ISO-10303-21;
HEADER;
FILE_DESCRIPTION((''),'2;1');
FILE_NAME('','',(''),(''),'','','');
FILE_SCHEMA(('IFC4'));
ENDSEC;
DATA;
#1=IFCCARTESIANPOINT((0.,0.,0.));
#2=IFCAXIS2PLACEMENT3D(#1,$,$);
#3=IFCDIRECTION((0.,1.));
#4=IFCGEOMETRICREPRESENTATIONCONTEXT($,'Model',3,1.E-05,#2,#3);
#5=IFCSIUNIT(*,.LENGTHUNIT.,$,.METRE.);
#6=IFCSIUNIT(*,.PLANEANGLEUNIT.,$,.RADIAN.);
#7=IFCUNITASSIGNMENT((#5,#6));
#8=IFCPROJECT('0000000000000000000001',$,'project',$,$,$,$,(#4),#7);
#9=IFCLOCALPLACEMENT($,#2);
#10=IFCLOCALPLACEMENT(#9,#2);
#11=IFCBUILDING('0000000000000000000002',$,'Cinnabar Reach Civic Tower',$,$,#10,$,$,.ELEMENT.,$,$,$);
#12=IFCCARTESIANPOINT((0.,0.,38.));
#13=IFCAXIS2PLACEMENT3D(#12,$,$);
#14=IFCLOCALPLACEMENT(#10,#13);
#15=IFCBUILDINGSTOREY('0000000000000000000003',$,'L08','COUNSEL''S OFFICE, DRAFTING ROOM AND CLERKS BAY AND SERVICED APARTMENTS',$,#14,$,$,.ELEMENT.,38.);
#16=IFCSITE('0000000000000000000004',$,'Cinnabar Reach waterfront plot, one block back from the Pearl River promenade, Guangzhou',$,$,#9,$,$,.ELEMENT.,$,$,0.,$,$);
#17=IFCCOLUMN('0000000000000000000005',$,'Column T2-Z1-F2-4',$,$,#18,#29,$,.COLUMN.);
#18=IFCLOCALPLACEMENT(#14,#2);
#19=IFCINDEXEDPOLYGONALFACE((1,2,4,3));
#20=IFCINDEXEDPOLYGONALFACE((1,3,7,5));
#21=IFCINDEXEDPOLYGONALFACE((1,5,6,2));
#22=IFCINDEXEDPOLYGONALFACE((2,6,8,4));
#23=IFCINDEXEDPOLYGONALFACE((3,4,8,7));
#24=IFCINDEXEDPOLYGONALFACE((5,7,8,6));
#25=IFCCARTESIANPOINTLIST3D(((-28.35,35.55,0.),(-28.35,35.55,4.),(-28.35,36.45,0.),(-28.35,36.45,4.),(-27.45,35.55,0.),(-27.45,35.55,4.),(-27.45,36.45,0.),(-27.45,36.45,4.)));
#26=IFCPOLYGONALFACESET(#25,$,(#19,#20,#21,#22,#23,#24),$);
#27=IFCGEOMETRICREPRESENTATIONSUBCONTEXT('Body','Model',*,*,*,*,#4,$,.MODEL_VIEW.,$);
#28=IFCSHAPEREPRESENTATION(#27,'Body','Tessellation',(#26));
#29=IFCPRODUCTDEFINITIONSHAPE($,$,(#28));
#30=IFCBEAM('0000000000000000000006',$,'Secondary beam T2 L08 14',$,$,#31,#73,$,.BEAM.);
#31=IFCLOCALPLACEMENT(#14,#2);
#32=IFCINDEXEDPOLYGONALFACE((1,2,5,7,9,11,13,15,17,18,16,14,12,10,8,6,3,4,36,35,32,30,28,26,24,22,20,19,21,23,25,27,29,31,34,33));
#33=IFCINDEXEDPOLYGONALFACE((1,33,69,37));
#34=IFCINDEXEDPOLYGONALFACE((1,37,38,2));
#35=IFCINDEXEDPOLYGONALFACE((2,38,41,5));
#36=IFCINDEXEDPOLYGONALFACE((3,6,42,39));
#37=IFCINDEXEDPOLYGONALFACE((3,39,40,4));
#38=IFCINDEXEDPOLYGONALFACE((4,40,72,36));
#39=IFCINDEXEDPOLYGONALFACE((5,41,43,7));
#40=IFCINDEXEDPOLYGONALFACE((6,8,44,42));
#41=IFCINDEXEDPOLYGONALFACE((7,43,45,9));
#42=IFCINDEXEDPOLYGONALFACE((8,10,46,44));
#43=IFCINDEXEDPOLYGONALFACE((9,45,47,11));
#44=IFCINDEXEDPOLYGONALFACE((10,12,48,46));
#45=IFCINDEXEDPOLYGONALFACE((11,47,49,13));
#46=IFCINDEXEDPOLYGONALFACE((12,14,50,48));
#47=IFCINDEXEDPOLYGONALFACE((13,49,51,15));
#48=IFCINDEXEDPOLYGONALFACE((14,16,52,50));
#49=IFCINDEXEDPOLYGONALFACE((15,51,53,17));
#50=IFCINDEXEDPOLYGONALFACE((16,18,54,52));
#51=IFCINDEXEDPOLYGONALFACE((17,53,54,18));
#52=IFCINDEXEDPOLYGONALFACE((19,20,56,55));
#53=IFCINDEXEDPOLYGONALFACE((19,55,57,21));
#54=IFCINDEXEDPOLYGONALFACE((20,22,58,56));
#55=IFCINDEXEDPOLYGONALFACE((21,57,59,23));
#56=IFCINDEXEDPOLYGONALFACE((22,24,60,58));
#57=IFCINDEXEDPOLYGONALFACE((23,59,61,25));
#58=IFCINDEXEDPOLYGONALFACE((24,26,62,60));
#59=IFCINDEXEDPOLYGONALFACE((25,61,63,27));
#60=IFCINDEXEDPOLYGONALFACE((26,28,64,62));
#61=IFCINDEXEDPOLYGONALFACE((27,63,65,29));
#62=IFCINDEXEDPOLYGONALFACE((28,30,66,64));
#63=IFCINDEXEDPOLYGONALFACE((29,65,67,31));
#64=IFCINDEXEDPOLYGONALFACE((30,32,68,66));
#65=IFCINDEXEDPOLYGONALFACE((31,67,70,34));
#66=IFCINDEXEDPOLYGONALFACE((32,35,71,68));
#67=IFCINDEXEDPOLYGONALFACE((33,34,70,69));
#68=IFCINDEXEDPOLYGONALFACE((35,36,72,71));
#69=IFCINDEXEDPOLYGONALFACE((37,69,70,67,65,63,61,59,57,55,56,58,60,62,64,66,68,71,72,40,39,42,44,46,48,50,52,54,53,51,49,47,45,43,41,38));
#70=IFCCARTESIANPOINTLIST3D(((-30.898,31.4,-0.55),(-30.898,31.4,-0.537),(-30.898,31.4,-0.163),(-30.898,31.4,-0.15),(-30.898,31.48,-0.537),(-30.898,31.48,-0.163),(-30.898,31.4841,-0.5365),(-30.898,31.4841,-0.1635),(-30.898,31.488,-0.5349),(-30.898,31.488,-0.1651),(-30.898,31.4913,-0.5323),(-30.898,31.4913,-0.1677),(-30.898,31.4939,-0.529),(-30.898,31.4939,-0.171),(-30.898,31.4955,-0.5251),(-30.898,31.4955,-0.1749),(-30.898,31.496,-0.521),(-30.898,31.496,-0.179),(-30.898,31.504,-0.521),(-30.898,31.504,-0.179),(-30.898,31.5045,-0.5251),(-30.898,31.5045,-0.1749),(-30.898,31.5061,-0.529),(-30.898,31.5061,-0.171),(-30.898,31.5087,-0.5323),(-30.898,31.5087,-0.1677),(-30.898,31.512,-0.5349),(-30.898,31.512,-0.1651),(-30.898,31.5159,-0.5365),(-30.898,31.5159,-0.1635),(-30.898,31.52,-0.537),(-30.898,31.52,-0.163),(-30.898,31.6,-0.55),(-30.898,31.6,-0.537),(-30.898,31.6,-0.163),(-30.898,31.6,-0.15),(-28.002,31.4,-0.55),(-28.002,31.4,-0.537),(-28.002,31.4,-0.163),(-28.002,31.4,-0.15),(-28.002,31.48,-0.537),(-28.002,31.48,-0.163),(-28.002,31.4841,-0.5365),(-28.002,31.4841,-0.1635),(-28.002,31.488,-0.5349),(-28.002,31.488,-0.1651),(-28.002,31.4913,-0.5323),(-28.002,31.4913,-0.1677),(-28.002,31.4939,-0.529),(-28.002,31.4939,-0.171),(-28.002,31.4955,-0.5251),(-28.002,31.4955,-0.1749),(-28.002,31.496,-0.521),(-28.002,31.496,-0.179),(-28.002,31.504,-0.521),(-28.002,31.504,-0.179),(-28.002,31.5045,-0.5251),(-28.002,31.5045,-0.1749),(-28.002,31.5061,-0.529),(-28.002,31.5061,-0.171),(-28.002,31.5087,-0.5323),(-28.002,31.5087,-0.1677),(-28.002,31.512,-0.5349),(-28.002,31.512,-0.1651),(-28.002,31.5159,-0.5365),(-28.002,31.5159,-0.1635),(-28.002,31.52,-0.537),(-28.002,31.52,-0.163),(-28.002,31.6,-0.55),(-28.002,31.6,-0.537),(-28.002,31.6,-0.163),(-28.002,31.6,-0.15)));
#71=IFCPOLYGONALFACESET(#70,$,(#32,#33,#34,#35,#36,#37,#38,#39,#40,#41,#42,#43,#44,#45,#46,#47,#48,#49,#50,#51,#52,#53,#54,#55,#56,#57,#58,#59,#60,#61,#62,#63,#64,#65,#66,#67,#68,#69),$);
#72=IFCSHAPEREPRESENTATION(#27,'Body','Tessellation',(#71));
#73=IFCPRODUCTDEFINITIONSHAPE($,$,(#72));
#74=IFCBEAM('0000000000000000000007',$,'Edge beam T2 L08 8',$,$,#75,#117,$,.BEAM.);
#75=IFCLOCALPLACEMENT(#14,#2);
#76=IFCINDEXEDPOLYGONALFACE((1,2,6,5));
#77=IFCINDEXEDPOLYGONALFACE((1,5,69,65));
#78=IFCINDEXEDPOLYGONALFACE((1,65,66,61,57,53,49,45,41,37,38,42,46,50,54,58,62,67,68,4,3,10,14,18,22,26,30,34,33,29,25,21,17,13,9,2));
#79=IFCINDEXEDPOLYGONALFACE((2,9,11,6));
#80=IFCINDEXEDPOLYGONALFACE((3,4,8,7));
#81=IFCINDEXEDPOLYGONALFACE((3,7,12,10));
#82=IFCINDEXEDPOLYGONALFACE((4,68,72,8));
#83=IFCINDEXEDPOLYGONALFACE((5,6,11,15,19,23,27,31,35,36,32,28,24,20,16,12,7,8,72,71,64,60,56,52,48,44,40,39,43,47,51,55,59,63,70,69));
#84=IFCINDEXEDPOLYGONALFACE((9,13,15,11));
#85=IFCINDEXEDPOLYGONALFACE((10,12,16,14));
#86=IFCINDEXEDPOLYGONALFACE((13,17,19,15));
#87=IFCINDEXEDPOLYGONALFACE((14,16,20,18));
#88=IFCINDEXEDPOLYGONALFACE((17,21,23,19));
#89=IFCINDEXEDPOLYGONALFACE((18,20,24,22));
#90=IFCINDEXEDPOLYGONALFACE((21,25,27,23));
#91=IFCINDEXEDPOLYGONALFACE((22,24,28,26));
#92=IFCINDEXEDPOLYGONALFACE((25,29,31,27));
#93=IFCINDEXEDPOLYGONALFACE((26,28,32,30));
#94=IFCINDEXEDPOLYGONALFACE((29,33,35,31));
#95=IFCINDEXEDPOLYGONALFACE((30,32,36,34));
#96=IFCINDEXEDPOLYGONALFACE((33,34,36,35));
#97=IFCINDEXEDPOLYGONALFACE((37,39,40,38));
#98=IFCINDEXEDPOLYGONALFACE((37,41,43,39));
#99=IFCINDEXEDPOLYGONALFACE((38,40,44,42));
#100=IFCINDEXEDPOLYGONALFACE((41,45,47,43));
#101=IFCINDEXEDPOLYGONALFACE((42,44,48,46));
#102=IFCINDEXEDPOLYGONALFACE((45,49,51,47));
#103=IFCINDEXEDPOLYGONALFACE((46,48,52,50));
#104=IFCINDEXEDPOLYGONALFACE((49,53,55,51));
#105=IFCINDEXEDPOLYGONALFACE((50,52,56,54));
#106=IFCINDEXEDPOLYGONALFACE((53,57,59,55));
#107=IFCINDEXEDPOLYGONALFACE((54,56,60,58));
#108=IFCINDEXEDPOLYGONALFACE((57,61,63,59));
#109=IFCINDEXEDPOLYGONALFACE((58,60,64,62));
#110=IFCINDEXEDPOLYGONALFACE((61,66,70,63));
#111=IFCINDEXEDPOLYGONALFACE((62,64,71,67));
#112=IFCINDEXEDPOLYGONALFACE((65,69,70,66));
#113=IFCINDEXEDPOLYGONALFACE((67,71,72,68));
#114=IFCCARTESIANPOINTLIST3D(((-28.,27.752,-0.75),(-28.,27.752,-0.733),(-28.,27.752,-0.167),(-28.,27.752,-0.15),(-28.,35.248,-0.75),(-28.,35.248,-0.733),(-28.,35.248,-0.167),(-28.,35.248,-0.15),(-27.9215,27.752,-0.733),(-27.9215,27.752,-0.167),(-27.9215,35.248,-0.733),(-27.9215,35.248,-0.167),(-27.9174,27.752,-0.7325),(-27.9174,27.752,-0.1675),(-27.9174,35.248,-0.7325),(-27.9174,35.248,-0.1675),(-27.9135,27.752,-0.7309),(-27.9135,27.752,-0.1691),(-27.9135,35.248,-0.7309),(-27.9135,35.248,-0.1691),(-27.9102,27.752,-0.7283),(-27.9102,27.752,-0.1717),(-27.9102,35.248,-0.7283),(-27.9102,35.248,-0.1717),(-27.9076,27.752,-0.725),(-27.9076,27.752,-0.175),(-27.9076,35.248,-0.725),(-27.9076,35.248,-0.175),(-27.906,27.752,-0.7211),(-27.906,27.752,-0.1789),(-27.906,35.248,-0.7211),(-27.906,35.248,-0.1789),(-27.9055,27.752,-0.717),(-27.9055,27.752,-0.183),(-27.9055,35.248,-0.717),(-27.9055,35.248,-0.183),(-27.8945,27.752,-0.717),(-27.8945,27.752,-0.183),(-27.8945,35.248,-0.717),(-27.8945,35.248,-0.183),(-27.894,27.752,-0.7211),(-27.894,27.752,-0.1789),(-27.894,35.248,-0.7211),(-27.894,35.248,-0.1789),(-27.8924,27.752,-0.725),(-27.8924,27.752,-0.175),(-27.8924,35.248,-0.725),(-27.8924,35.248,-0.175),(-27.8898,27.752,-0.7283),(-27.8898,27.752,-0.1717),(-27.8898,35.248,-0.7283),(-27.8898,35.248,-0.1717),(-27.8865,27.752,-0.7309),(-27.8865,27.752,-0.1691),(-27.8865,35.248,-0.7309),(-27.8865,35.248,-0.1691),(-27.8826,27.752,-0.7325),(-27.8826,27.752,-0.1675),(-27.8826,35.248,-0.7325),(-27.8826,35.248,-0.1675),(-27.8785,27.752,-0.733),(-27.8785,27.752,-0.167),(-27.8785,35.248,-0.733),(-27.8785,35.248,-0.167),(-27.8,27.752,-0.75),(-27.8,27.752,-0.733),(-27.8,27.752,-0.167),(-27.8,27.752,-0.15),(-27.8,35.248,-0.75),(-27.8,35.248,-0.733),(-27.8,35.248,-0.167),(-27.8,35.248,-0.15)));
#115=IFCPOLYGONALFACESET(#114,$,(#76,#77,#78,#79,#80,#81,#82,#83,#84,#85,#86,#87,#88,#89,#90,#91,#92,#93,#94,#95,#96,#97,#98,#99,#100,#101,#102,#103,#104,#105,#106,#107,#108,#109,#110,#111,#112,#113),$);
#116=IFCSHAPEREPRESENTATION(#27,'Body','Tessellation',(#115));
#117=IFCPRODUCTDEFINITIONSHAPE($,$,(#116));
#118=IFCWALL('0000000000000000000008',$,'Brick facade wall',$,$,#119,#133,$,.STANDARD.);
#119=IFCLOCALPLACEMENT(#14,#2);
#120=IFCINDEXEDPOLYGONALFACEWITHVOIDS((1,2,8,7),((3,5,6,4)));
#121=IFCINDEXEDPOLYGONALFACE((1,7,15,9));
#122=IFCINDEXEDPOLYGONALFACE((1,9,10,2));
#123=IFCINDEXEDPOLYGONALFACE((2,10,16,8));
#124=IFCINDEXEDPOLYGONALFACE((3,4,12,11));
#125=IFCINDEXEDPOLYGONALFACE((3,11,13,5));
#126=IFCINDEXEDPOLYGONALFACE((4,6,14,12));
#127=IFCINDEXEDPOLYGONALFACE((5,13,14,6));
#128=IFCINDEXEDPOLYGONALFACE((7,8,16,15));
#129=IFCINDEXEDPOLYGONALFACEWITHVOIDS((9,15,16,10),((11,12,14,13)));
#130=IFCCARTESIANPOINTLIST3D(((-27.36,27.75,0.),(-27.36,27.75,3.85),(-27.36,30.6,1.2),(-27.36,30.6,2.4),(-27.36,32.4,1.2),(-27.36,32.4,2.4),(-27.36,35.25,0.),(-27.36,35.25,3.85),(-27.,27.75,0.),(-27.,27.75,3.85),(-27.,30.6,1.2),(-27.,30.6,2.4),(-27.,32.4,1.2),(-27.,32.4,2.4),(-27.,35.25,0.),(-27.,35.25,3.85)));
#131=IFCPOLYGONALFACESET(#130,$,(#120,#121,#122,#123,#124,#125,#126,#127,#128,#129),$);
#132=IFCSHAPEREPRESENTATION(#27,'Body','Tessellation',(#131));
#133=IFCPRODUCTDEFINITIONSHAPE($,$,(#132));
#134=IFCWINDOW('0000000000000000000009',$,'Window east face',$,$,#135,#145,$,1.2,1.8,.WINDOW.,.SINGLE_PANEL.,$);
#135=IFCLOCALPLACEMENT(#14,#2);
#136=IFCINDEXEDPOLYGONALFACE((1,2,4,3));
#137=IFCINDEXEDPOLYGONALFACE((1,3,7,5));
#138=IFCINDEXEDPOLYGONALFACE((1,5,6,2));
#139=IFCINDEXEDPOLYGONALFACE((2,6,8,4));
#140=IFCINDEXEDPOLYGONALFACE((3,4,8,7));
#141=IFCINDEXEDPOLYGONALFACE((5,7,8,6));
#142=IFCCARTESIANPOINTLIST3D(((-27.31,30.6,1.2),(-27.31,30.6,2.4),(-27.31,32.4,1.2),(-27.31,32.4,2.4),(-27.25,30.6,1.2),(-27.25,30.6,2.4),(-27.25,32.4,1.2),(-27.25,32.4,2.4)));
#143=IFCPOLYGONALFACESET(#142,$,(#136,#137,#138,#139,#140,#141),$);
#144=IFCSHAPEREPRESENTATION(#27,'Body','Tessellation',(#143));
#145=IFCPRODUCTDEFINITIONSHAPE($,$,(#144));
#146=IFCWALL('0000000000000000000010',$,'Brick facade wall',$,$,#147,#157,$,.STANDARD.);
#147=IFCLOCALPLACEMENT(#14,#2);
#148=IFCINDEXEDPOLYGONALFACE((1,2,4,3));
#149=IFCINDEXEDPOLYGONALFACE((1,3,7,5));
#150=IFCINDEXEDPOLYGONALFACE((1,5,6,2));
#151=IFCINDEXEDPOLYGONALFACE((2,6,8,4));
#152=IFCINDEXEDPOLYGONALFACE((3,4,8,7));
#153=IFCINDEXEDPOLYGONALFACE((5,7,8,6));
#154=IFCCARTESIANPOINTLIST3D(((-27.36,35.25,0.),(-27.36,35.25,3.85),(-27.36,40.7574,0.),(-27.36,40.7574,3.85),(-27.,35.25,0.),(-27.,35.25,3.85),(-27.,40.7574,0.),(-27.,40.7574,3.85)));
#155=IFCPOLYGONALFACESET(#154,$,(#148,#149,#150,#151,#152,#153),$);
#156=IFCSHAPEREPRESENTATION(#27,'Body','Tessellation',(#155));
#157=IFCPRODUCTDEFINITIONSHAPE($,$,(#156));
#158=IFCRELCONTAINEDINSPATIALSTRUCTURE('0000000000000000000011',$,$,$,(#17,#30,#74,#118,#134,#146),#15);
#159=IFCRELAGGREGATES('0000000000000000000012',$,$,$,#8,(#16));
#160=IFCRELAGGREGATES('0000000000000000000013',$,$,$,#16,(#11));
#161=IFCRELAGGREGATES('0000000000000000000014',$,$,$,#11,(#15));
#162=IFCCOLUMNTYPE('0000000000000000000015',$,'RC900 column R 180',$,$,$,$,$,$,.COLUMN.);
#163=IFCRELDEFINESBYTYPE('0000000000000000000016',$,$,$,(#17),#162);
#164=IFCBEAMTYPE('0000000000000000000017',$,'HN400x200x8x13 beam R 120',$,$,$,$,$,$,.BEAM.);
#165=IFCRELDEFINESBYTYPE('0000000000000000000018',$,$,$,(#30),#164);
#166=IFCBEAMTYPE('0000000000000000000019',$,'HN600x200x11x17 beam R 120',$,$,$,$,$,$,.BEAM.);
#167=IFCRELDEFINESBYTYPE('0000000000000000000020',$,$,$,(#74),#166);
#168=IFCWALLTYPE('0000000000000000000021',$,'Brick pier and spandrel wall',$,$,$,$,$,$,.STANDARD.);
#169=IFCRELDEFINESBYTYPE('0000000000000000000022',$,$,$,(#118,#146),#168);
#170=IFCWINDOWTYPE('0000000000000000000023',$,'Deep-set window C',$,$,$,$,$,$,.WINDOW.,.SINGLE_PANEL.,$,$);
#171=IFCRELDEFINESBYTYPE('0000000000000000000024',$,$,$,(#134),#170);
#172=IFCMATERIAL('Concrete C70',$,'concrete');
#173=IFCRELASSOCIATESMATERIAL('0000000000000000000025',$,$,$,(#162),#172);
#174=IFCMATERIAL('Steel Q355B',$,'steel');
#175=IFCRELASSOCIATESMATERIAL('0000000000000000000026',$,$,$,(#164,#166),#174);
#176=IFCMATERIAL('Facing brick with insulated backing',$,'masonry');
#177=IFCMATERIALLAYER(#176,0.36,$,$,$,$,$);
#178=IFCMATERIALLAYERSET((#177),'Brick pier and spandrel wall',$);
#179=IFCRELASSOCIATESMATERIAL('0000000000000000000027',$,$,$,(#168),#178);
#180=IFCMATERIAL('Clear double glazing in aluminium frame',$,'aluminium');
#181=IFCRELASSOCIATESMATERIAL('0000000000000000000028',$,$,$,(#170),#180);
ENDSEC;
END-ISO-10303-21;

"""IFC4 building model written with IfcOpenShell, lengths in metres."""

from ifc_helpers import new_model, si_unit, direction, frame, frame_2d, origin, origin_2d, place, context, subcontext, project, spatial, rectangle, i_section, extrude, material, layer, layer_set, material_profile, profile_set, type_object, element, fill, save


model = new_model("IFC4")

# Units and contexts
model_context = context("Model", 3, precision=1e-05, world=origin(), true_north=direction((0.0, 1.0)))
body_context = subcontext(model_context, "Body", "Model", "MODEL_VIEW")
ifc_project = project(units=[si_unit("LENGTHUNIT", "METRE"), si_unit("PLANEANGLEUNIT", "RADIAN")], contexts=[model_context])

# Site, building, storey
site_placement = place(None, origin())
site = spatial("IfcSite", under=ifc_project, at=site_placement, Name="Cinnabar Reach waterfront plot, one block back from the Pearl River promenade, Guangzhou", CompositionType="ELEMENT", RefElevation=0.0)
building_placement = place(site_placement, origin())
building = spatial("IfcBuilding", under=site, at=building_placement, Name="Cinnabar Reach Civic Tower", CompositionType="ELEMENT")
storey_placement = place(building_placement, frame((0.0, 0.0, 38.0)))
storey = spatial("IfcBuildingStorey", under=building, at=storey_placement, Name="L08", Description="COUNSEL'S OFFICE, DRAFTING ROOM AND CLERKS BAY AND SERVICED APARTMENTS", CompositionType="ELEMENT", Elevation=38.0)

# Column
ifc_material_1 = material(Name="Concrete C70", Category="concrete")
ifc_material_profile_1 = material_profile(ifc_material_1, rectangle(XDim=0.9, YDim=0.9, at=origin_2d()), Name="RC900")
ifc_profile_set_1 = profile_set([ifc_material_profile_1], Name="Concrete C70")
column_type = type_object("IfcColumnType", Name="RC900 column R 180", PredefinedType="COLUMN", material=ifc_profile_set_1)
column_placement = place(storey_placement, frame((-27.9, 36.0, 0.0), z_axis=(0.0, 0.0, 1.0), x_axis=(1.0, 0.0, 0.0)))
element("IfcColumn", 1, at=column_placement, inside=storey, type_object=column_type, Name="Column T2-Z1-F2-4", PredefinedType="COLUMN", context=body_context, shape_type="SweptSolid", body=[
    extrude(rectangle(XDim=0.9, YDim=0.9, at=origin_2d()), origin(), (0.0, 0.0, 1.0), 4.0),
])

# Beams
ifc_material_2 = material(Name="Steel Q355B", Category="steel")
ifc_material_profile_2 = material_profile(ifc_material_2, i_section(OverallWidth=0.2, OverallDepth=0.4, WebThickness=0.008, FlangeThickness=0.013, FilletRadius=0.016, at=origin_2d()), Name="HN400x200x8x13")
ifc_profile_set_2 = profile_set([ifc_material_profile_2], Name="Steel Q355B")
beam_type_1 = type_object("IfcBeamType", Name="HN400x200x8x13 beam R 120", PredefinedType="BEAM", material=ifc_profile_set_2)
beam_1_placement = place(storey_placement, frame((-30.898, 31.5, -0.35), z_axis=(1.0, 0.0, 0.0), x_axis=(0.0, 1.0, 0.0)))
element("IfcBeam", 2, at=beam_1_placement, inside=storey, type_object=beam_type_1, Name="Secondary beam T2 L08 14", PredefinedType="BEAM", context=body_context, shape_type="SweptSolid", body=[
    extrude(i_section(OverallWidth=0.2, OverallDepth=0.4, WebThickness=0.008, FlangeThickness=0.013, FilletRadius=0.016, at=origin_2d()), origin(), (0.0, 0.0, 1.0), 2.896),
])
ifc_material_profile_3 = material_profile(ifc_material_2, i_section(OverallWidth=0.2, OverallDepth=0.6, WebThickness=0.011, FlangeThickness=0.017, FilletRadius=0.016, at=origin_2d()), Name="HN600x200x11x17")
ifc_profile_set_3 = profile_set([ifc_material_profile_3], Name="Steel Q355B")
beam_type_2 = type_object("IfcBeamType", Name="HN600x200x11x17 beam R 120", PredefinedType="BEAM", material=ifc_profile_set_3)
beam_2_placement = place(storey_placement, frame((-27.9, 27.752, -0.45), z_axis=(0.0, 1.0, 0.0), x_axis=(-1.0, 0.0, 0.0)))
element("IfcBeam", 3, at=beam_2_placement, inside=storey, type_object=beam_type_2, Name="Edge beam T2 L08 8", PredefinedType="BEAM", context=body_context, shape_type="SweptSolid", body=[
    extrude(i_section(OverallWidth=0.2, OverallDepth=0.6, WebThickness=0.011, FlangeThickness=0.017, FilletRadius=0.016, at=origin_2d()), origin(), (0.0, 0.0, 1.0), 7.496),
])

# Wall, opening, window
ifc_material_3 = material(Name="Facing brick with insulated backing", Category="masonry")
ifc_layer_1 = layer(ifc_material_3, 0.36)
ifc_layer_set_1 = layer_set([ifc_layer_1], Name="Brick pier and spandrel wall")
wall_type_1 = type_object("IfcWallType", Name="Brick pier and spandrel wall", PredefinedType="STANDARD", material=ifc_layer_set_1)
wall_1_placement = place(storey_placement, frame((-27.18, 27.75, 0.0), z_axis=(0.0, 0.0, 1.0), x_axis=(0.0, 1.0, 0.0)))
wall_1 = element("IfcWall", 4, at=wall_1_placement, inside=storey, type_object=wall_type_1, Name="Brick facade wall", PredefinedType="STANDARD", context=body_context, shape_type="SweptSolid", body=[
    extrude(rectangle(XDim=7.5, YDim=0.36, at=frame_2d((3.75, 0.0))), origin(), (0.0, 0.0, 1.0), 3.85),
])
opening_1_placement = place(wall_1_placement, frame((2.85, 0.0, 1.2)))
opening_1 = element("IfcOpeningElement", 5, at=opening_1_placement, cuts=wall_1, PredefinedType="OPENING", context=body_context, shape_type="SweptSolid", body=[
    extrude(rectangle(XDim=1.8, YDim=1.2, at=frame_2d((0.9, 0.6))), frame((0.0, 0.19, 0.0), z_axis=(0.0, -1.0, 0.0), x_axis=(1.0, 0.0, 0.0)), (0.0, 0.0, 1.0), 0.38),
])
ifc_material_4 = material(Name="Clear double glazing in aluminium frame", Category="aluminium")
window_type = type_object("IfcWindowType", Name="Deep-set window C", PartitioningType="SINGLE_PANEL", PredefinedType="WINDOW", material=ifc_material_4)
window_placement = place(opening_1_placement, origin())
window = element("IfcWindow", 6, at=window_placement, inside=storey, type_object=window_type, Name="Window east face", OverallHeight=1.2, OverallWidth=1.8, PartitioningType="SINGLE_PANEL", PredefinedType="WINDOW", context=body_context, shape_type="SweptSolid", body=[
    extrude(rectangle(XDim=1.8, YDim=1.2, at=frame_2d((0.9, 0.6))), frame((0.0, 0.13, 0.0), z_axis=(0.0, -1.0, 0.0), x_axis=(1.0, 0.0, 0.0)), (0.0, 0.0, 1.0), 0.06),
])
fill(opening_1, window)

# Wall
wall_2_placement = place(storey_placement, frame((-27.18, 35.25, 0.0), z_axis=(0.0, 0.0, 1.0), x_axis=(0.0, 1.0, 0.0)))
element("IfcWall", 7, at=wall_2_placement, inside=storey, type_object=wall_type_1, Name="Brick facade wall", PredefinedType="STANDARD", context=body_context, shape_type="SweptSolid", body=[
    extrude(rectangle(XDim=5.5074, YDim=0.36, at=frame_2d((2.7537, 0.0))), origin(), (0.0, 0.0, 1.0), 3.85),
])

save(model, "model.ifc")
